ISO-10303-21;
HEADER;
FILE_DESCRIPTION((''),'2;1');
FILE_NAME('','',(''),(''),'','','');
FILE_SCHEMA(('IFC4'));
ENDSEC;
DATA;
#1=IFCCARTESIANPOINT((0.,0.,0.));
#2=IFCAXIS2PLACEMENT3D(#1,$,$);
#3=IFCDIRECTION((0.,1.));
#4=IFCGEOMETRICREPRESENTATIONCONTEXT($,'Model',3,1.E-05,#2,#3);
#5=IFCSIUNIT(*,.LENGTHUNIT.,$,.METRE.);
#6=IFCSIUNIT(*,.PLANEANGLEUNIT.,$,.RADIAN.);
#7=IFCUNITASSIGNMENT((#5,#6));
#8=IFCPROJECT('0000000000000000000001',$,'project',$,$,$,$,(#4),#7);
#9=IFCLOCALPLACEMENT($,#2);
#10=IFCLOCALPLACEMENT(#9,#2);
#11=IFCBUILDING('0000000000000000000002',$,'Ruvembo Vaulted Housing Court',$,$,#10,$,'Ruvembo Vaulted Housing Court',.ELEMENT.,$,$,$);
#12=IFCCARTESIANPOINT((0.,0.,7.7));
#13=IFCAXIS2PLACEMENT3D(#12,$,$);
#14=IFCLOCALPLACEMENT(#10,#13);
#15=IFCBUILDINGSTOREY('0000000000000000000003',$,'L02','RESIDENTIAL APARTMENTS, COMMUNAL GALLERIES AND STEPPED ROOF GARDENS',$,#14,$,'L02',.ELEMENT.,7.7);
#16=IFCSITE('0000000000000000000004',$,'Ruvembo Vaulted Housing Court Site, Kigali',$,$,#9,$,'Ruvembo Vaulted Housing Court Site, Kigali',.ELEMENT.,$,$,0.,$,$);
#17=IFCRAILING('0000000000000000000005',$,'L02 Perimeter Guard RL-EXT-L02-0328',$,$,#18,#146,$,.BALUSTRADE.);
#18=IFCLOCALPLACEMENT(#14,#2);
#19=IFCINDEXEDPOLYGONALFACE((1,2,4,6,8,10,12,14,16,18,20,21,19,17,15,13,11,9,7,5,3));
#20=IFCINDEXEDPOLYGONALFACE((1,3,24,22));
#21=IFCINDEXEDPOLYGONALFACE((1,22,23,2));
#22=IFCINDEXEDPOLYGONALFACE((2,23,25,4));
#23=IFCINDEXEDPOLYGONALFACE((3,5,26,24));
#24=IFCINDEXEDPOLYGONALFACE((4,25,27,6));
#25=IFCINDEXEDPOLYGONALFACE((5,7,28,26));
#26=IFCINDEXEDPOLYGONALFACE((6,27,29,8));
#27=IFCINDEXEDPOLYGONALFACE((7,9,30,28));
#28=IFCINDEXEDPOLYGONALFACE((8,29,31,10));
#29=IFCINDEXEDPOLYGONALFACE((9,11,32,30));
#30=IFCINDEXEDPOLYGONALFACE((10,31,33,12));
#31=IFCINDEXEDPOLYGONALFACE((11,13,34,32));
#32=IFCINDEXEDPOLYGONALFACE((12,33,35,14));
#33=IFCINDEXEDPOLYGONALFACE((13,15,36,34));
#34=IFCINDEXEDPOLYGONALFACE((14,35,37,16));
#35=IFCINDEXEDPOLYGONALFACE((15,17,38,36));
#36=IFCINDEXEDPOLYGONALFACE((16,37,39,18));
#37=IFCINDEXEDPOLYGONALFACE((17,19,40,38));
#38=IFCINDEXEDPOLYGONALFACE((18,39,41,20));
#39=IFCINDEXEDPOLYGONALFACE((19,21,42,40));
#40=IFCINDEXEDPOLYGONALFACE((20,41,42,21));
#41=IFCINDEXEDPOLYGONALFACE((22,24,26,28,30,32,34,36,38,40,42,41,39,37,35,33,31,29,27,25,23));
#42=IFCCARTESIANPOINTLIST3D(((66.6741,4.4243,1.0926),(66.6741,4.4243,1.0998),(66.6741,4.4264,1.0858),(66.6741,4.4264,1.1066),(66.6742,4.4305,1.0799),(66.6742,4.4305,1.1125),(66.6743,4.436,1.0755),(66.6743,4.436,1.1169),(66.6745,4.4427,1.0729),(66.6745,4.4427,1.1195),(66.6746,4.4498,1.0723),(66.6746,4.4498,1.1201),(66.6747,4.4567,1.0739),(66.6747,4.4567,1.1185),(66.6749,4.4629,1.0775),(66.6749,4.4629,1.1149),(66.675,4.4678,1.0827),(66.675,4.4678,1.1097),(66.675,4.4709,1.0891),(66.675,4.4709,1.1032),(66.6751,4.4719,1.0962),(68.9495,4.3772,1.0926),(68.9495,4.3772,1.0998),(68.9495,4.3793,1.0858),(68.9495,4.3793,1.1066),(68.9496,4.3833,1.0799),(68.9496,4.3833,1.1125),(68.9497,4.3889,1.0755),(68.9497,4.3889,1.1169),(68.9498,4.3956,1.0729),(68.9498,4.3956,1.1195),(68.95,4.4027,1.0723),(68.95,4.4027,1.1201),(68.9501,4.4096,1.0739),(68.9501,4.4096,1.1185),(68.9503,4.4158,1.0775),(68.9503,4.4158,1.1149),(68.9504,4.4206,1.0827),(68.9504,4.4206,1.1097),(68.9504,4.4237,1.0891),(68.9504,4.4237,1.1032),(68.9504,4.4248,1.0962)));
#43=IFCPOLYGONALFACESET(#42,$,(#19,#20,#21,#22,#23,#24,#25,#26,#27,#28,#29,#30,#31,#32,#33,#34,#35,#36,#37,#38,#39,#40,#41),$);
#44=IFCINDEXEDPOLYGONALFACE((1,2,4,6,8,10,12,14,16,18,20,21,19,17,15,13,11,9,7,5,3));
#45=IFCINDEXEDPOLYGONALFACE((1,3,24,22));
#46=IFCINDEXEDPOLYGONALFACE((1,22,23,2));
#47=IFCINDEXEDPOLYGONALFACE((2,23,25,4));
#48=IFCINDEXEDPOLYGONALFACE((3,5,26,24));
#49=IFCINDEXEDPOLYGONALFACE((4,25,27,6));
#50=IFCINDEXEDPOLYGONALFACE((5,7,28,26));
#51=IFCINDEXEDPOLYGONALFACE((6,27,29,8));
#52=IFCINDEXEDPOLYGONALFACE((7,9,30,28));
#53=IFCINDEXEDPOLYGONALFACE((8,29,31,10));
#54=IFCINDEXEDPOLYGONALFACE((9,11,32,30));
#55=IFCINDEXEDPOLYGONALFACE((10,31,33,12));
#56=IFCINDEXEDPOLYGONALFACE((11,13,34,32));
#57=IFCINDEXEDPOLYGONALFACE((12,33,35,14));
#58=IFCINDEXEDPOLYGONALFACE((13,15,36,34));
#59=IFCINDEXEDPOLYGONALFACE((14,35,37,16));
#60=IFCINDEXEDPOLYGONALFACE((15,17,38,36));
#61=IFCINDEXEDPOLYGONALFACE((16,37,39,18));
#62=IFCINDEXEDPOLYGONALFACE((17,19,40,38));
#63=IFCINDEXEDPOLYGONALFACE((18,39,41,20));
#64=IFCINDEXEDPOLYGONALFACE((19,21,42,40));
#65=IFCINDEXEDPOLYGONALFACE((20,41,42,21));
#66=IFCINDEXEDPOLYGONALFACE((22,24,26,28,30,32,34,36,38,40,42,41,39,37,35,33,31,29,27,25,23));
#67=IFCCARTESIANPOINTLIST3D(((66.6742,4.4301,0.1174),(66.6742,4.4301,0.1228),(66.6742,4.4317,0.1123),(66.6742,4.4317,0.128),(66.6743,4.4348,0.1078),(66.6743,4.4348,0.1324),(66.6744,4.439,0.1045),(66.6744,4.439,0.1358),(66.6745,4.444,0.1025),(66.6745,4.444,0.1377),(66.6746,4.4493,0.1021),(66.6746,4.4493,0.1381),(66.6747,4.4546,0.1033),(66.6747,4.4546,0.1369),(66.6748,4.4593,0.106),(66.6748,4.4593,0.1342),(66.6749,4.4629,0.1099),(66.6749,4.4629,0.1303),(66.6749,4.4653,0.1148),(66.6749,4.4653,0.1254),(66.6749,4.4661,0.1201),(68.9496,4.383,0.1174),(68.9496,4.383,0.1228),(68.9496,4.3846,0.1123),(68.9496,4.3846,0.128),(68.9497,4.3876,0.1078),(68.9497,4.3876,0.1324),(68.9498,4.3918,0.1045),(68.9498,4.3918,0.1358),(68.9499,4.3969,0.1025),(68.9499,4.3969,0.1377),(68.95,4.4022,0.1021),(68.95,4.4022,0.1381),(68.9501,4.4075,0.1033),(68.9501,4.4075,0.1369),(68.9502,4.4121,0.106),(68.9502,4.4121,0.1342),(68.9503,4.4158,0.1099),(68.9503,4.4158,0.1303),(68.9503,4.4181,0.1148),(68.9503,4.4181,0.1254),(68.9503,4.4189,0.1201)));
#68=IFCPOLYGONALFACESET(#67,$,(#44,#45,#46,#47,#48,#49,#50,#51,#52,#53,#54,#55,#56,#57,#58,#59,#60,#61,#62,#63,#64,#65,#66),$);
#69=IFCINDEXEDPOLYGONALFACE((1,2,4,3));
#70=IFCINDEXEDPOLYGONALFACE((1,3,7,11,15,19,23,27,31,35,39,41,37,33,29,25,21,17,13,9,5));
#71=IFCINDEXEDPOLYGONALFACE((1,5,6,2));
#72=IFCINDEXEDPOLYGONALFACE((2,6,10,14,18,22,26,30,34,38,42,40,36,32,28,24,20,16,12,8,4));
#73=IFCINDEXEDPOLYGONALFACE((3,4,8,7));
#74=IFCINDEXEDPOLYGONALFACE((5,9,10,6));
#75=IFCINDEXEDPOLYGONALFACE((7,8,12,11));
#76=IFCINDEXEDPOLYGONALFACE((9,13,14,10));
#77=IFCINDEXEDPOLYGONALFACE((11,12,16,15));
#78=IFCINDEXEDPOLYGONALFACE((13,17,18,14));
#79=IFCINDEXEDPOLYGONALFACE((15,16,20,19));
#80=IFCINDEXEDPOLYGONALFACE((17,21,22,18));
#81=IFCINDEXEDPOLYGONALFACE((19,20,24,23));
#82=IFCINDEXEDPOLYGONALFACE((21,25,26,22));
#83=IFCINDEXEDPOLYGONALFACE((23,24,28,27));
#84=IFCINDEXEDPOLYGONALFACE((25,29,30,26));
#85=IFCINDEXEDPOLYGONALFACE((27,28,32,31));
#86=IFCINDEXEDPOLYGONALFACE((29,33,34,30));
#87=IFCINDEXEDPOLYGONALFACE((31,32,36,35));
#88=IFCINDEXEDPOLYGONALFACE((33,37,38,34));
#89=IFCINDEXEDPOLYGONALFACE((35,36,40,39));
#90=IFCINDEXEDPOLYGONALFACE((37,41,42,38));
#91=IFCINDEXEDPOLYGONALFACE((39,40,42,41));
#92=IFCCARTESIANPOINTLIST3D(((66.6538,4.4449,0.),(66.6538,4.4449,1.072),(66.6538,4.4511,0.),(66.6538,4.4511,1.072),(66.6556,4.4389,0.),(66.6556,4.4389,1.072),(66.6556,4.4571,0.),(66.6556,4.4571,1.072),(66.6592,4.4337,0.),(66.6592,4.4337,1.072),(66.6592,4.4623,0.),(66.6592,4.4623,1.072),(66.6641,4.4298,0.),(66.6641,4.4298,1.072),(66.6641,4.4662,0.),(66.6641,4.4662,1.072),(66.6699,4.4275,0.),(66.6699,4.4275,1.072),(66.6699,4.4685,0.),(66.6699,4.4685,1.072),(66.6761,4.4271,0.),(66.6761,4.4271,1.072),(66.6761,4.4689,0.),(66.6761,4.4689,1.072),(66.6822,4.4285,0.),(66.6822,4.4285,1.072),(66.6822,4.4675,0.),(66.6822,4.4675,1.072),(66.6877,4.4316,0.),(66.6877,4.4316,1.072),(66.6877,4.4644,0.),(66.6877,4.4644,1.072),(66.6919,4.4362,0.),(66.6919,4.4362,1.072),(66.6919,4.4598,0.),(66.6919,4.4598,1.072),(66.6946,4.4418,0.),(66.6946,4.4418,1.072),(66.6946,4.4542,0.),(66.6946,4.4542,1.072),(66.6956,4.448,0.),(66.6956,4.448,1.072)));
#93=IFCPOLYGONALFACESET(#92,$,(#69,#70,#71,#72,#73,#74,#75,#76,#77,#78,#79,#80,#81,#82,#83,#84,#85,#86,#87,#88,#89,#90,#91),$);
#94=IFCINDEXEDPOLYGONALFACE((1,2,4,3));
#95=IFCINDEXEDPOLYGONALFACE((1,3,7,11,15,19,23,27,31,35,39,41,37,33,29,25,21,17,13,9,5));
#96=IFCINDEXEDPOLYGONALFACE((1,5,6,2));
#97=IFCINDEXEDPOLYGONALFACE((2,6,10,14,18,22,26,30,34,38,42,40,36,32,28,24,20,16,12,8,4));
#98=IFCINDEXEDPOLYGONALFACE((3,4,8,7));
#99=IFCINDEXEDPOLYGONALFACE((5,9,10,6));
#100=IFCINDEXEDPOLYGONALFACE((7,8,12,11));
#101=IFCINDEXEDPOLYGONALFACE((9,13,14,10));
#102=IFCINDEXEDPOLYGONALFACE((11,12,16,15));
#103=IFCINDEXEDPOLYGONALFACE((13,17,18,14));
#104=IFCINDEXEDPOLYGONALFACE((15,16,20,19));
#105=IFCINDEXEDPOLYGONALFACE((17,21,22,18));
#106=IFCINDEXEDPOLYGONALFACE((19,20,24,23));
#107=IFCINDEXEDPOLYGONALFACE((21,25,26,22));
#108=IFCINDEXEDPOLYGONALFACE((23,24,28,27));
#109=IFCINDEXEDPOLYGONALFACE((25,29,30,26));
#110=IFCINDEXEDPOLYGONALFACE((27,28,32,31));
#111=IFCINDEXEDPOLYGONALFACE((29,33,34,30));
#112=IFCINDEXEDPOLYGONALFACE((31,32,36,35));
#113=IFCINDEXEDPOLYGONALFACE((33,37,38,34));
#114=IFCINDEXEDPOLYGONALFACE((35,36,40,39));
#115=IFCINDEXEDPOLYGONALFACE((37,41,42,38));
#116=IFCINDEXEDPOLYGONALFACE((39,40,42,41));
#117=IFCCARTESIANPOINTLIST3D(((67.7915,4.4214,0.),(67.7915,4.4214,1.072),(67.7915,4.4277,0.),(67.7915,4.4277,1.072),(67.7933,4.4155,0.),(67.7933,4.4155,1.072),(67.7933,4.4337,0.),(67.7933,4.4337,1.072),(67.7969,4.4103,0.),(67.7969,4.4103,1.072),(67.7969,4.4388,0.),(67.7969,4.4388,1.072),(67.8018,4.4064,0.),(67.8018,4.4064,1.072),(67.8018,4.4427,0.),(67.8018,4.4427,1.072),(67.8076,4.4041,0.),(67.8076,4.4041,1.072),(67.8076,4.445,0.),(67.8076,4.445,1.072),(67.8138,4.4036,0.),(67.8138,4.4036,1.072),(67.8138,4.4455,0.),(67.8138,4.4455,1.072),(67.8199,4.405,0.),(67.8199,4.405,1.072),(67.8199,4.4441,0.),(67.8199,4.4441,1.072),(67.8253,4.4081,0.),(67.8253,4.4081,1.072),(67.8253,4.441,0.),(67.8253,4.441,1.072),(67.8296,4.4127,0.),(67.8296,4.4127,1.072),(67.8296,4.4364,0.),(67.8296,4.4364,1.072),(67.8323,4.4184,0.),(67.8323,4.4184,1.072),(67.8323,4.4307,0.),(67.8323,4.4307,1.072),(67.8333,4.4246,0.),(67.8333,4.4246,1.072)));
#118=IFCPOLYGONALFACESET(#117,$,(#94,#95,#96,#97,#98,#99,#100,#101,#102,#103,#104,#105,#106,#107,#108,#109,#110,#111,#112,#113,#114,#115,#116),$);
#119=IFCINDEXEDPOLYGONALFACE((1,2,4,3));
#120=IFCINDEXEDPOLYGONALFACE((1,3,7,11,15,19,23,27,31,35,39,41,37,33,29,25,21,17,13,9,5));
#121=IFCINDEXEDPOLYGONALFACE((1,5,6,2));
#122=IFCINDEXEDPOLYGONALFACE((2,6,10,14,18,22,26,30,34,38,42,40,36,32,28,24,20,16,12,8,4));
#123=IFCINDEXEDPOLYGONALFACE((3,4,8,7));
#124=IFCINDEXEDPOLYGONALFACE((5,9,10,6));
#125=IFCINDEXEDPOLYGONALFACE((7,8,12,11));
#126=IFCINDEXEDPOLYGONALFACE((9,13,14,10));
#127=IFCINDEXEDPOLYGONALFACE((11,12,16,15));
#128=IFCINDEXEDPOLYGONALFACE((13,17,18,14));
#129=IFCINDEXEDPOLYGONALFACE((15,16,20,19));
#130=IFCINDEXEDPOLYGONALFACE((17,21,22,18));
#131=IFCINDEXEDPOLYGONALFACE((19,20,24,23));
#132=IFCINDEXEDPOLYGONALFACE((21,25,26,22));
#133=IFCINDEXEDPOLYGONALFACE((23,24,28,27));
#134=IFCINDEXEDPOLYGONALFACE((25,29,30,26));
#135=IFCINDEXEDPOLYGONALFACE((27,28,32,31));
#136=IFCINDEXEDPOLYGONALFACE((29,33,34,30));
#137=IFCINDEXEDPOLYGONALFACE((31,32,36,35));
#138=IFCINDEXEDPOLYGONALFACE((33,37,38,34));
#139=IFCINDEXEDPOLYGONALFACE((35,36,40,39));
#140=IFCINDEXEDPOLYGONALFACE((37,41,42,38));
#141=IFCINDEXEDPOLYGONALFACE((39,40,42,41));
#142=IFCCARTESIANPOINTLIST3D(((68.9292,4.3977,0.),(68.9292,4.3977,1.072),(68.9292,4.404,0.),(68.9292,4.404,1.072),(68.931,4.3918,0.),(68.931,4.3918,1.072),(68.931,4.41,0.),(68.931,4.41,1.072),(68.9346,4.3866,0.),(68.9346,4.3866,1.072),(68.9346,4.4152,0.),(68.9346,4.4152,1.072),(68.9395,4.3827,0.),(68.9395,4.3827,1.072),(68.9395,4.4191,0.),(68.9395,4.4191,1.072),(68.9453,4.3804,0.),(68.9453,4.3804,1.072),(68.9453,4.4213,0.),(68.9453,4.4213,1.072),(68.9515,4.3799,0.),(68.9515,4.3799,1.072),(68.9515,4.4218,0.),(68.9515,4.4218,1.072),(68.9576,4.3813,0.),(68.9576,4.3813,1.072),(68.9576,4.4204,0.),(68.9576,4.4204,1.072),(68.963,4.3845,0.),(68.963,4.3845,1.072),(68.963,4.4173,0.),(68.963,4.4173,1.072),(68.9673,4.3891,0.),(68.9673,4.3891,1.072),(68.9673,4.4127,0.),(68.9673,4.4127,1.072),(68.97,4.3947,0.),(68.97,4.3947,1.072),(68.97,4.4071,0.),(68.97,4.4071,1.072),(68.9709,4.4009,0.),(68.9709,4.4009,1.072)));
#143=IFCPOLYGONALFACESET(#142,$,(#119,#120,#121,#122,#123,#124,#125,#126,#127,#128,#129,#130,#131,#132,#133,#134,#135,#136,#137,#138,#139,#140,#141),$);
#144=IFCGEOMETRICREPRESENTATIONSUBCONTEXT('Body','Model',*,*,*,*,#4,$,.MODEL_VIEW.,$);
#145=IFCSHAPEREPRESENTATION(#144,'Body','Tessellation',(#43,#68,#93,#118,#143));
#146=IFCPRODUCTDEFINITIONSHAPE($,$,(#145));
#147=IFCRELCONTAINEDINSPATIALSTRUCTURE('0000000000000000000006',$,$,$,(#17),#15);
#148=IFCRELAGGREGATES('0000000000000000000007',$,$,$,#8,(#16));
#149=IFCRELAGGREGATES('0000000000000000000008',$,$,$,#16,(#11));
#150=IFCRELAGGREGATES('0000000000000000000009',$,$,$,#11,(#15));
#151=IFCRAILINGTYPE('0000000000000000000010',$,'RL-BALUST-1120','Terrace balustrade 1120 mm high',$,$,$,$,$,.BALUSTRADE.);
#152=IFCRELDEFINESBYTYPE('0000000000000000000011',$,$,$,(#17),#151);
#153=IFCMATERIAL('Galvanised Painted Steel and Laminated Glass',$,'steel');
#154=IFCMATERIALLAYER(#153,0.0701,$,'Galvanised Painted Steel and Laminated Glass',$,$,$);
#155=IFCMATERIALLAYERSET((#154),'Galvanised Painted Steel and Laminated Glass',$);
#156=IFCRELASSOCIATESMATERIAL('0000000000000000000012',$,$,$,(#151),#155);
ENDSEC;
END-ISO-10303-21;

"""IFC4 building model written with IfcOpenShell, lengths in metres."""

from ifc_helpers import new_model, si_unit, direction, frame, origin, origin_2d, place, context, subcontext, project, spatial, circle, extrude, material, layer, layer_set, type_object, element, save


model = new_model("IFC4")

# Units and contexts
model_context = context("Model", 3, precision=1e-05, world=origin(), true_north=direction((0.0, 1.0)))
body_context = subcontext(model_context, "Body", "Model", "MODEL_VIEW")
ifc_project = project(units=[si_unit("LENGTHUNIT", "METRE"), si_unit("PLANEANGLEUNIT", "RADIAN")], contexts=[model_context])

# Site, building, storey
site_placement = place(None, origin())
site = spatial("IfcSite", under=ifc_project, at=site_placement, Name="Ruvembo Vaulted Housing Court Site, Kigali", LongName="Ruvembo Vaulted Housing Court Site, Kigali", CompositionType="ELEMENT", RefElevation=0.0)
building_placement = place(site_placement, origin())
building = spatial("IfcBuilding", under=site, at=building_placement, Name="Ruvembo Vaulted Housing Court", LongName="Ruvembo Vaulted Housing Court", CompositionType="ELEMENT")
storey_placement = place(building_placement, frame((0.0, 0.0, 7.7)))
storey = spatial("IfcBuildingStorey", under=building, at=storey_placement, Name="L02", Description="RESIDENTIAL APARTMENTS, COMMUNAL GALLERIES AND STEPPED ROOF GARDENS", LongName="L02", CompositionType="ELEMENT", Elevation=7.7)

# Railing
ifc_material_1 = material(Name="Galvanised Painted Steel and Laminated Glass", Category="steel")
ifc_layer_1 = layer(ifc_material_1, 0.0701, Name="Galvanised Painted Steel and Laminated Glass")
ifc_layer_set_1 = layer_set([ifc_layer_1], Name="Galvanised Painted Steel and Laminated Glass")
railing_type = type_object("IfcRailingType", Name="RL-BALUST-1120", Description="Terrace balustrade 1120 mm high", PredefinedType="BALUSTRADE", material=ifc_layer_set_1)
railing_1_placement = place(storey_placement, frame((66.6746, 4.448, 0.0)))
element("IfcRailing", 1, at=railing_1_placement, inside=storey, type_object=railing_type, Name="L02 Perimeter Guard RL-EXT-L02-0328", PredefinedType="BALUSTRADE", context=body_context, shape_type="SweptSolid", body=[
    extrude(circle(Radius=0.0239, at=origin_2d()), frame((0.0, 0.0, 1.0962), z_axis=(0.999786, -0.020704, 0.0), x_axis=(0.020704, 0.999786, 0.0)), (0.0, 0.0, 1.0), 2.2759),
    extrude(circle(Radius=0.0181, at=origin_2d()), frame((0.0, 0.0, 0.1201), z_axis=(0.999786, -0.020704, 0.0), x_axis=(0.020704, 0.999786, 0.0)), (0.0, 0.0, 1.0), 2.2759),
    extrude(circle(Radius=0.021, at=origin_2d()), origin(), (0.0, 0.0, 1.0), 1.072),
    extrude(circle(Radius=0.021, at=origin_2d()), frame((1.1377, -0.0234, 0.0)), (0.0, 0.0, 1.0), 1.072),
    extrude(circle(Radius=0.021, at=origin_2d()), frame((2.2754, -0.0471, 0.0)), (0.0, 0.0, 1.0), 1.072),
])

save(model, "model.ifc")
